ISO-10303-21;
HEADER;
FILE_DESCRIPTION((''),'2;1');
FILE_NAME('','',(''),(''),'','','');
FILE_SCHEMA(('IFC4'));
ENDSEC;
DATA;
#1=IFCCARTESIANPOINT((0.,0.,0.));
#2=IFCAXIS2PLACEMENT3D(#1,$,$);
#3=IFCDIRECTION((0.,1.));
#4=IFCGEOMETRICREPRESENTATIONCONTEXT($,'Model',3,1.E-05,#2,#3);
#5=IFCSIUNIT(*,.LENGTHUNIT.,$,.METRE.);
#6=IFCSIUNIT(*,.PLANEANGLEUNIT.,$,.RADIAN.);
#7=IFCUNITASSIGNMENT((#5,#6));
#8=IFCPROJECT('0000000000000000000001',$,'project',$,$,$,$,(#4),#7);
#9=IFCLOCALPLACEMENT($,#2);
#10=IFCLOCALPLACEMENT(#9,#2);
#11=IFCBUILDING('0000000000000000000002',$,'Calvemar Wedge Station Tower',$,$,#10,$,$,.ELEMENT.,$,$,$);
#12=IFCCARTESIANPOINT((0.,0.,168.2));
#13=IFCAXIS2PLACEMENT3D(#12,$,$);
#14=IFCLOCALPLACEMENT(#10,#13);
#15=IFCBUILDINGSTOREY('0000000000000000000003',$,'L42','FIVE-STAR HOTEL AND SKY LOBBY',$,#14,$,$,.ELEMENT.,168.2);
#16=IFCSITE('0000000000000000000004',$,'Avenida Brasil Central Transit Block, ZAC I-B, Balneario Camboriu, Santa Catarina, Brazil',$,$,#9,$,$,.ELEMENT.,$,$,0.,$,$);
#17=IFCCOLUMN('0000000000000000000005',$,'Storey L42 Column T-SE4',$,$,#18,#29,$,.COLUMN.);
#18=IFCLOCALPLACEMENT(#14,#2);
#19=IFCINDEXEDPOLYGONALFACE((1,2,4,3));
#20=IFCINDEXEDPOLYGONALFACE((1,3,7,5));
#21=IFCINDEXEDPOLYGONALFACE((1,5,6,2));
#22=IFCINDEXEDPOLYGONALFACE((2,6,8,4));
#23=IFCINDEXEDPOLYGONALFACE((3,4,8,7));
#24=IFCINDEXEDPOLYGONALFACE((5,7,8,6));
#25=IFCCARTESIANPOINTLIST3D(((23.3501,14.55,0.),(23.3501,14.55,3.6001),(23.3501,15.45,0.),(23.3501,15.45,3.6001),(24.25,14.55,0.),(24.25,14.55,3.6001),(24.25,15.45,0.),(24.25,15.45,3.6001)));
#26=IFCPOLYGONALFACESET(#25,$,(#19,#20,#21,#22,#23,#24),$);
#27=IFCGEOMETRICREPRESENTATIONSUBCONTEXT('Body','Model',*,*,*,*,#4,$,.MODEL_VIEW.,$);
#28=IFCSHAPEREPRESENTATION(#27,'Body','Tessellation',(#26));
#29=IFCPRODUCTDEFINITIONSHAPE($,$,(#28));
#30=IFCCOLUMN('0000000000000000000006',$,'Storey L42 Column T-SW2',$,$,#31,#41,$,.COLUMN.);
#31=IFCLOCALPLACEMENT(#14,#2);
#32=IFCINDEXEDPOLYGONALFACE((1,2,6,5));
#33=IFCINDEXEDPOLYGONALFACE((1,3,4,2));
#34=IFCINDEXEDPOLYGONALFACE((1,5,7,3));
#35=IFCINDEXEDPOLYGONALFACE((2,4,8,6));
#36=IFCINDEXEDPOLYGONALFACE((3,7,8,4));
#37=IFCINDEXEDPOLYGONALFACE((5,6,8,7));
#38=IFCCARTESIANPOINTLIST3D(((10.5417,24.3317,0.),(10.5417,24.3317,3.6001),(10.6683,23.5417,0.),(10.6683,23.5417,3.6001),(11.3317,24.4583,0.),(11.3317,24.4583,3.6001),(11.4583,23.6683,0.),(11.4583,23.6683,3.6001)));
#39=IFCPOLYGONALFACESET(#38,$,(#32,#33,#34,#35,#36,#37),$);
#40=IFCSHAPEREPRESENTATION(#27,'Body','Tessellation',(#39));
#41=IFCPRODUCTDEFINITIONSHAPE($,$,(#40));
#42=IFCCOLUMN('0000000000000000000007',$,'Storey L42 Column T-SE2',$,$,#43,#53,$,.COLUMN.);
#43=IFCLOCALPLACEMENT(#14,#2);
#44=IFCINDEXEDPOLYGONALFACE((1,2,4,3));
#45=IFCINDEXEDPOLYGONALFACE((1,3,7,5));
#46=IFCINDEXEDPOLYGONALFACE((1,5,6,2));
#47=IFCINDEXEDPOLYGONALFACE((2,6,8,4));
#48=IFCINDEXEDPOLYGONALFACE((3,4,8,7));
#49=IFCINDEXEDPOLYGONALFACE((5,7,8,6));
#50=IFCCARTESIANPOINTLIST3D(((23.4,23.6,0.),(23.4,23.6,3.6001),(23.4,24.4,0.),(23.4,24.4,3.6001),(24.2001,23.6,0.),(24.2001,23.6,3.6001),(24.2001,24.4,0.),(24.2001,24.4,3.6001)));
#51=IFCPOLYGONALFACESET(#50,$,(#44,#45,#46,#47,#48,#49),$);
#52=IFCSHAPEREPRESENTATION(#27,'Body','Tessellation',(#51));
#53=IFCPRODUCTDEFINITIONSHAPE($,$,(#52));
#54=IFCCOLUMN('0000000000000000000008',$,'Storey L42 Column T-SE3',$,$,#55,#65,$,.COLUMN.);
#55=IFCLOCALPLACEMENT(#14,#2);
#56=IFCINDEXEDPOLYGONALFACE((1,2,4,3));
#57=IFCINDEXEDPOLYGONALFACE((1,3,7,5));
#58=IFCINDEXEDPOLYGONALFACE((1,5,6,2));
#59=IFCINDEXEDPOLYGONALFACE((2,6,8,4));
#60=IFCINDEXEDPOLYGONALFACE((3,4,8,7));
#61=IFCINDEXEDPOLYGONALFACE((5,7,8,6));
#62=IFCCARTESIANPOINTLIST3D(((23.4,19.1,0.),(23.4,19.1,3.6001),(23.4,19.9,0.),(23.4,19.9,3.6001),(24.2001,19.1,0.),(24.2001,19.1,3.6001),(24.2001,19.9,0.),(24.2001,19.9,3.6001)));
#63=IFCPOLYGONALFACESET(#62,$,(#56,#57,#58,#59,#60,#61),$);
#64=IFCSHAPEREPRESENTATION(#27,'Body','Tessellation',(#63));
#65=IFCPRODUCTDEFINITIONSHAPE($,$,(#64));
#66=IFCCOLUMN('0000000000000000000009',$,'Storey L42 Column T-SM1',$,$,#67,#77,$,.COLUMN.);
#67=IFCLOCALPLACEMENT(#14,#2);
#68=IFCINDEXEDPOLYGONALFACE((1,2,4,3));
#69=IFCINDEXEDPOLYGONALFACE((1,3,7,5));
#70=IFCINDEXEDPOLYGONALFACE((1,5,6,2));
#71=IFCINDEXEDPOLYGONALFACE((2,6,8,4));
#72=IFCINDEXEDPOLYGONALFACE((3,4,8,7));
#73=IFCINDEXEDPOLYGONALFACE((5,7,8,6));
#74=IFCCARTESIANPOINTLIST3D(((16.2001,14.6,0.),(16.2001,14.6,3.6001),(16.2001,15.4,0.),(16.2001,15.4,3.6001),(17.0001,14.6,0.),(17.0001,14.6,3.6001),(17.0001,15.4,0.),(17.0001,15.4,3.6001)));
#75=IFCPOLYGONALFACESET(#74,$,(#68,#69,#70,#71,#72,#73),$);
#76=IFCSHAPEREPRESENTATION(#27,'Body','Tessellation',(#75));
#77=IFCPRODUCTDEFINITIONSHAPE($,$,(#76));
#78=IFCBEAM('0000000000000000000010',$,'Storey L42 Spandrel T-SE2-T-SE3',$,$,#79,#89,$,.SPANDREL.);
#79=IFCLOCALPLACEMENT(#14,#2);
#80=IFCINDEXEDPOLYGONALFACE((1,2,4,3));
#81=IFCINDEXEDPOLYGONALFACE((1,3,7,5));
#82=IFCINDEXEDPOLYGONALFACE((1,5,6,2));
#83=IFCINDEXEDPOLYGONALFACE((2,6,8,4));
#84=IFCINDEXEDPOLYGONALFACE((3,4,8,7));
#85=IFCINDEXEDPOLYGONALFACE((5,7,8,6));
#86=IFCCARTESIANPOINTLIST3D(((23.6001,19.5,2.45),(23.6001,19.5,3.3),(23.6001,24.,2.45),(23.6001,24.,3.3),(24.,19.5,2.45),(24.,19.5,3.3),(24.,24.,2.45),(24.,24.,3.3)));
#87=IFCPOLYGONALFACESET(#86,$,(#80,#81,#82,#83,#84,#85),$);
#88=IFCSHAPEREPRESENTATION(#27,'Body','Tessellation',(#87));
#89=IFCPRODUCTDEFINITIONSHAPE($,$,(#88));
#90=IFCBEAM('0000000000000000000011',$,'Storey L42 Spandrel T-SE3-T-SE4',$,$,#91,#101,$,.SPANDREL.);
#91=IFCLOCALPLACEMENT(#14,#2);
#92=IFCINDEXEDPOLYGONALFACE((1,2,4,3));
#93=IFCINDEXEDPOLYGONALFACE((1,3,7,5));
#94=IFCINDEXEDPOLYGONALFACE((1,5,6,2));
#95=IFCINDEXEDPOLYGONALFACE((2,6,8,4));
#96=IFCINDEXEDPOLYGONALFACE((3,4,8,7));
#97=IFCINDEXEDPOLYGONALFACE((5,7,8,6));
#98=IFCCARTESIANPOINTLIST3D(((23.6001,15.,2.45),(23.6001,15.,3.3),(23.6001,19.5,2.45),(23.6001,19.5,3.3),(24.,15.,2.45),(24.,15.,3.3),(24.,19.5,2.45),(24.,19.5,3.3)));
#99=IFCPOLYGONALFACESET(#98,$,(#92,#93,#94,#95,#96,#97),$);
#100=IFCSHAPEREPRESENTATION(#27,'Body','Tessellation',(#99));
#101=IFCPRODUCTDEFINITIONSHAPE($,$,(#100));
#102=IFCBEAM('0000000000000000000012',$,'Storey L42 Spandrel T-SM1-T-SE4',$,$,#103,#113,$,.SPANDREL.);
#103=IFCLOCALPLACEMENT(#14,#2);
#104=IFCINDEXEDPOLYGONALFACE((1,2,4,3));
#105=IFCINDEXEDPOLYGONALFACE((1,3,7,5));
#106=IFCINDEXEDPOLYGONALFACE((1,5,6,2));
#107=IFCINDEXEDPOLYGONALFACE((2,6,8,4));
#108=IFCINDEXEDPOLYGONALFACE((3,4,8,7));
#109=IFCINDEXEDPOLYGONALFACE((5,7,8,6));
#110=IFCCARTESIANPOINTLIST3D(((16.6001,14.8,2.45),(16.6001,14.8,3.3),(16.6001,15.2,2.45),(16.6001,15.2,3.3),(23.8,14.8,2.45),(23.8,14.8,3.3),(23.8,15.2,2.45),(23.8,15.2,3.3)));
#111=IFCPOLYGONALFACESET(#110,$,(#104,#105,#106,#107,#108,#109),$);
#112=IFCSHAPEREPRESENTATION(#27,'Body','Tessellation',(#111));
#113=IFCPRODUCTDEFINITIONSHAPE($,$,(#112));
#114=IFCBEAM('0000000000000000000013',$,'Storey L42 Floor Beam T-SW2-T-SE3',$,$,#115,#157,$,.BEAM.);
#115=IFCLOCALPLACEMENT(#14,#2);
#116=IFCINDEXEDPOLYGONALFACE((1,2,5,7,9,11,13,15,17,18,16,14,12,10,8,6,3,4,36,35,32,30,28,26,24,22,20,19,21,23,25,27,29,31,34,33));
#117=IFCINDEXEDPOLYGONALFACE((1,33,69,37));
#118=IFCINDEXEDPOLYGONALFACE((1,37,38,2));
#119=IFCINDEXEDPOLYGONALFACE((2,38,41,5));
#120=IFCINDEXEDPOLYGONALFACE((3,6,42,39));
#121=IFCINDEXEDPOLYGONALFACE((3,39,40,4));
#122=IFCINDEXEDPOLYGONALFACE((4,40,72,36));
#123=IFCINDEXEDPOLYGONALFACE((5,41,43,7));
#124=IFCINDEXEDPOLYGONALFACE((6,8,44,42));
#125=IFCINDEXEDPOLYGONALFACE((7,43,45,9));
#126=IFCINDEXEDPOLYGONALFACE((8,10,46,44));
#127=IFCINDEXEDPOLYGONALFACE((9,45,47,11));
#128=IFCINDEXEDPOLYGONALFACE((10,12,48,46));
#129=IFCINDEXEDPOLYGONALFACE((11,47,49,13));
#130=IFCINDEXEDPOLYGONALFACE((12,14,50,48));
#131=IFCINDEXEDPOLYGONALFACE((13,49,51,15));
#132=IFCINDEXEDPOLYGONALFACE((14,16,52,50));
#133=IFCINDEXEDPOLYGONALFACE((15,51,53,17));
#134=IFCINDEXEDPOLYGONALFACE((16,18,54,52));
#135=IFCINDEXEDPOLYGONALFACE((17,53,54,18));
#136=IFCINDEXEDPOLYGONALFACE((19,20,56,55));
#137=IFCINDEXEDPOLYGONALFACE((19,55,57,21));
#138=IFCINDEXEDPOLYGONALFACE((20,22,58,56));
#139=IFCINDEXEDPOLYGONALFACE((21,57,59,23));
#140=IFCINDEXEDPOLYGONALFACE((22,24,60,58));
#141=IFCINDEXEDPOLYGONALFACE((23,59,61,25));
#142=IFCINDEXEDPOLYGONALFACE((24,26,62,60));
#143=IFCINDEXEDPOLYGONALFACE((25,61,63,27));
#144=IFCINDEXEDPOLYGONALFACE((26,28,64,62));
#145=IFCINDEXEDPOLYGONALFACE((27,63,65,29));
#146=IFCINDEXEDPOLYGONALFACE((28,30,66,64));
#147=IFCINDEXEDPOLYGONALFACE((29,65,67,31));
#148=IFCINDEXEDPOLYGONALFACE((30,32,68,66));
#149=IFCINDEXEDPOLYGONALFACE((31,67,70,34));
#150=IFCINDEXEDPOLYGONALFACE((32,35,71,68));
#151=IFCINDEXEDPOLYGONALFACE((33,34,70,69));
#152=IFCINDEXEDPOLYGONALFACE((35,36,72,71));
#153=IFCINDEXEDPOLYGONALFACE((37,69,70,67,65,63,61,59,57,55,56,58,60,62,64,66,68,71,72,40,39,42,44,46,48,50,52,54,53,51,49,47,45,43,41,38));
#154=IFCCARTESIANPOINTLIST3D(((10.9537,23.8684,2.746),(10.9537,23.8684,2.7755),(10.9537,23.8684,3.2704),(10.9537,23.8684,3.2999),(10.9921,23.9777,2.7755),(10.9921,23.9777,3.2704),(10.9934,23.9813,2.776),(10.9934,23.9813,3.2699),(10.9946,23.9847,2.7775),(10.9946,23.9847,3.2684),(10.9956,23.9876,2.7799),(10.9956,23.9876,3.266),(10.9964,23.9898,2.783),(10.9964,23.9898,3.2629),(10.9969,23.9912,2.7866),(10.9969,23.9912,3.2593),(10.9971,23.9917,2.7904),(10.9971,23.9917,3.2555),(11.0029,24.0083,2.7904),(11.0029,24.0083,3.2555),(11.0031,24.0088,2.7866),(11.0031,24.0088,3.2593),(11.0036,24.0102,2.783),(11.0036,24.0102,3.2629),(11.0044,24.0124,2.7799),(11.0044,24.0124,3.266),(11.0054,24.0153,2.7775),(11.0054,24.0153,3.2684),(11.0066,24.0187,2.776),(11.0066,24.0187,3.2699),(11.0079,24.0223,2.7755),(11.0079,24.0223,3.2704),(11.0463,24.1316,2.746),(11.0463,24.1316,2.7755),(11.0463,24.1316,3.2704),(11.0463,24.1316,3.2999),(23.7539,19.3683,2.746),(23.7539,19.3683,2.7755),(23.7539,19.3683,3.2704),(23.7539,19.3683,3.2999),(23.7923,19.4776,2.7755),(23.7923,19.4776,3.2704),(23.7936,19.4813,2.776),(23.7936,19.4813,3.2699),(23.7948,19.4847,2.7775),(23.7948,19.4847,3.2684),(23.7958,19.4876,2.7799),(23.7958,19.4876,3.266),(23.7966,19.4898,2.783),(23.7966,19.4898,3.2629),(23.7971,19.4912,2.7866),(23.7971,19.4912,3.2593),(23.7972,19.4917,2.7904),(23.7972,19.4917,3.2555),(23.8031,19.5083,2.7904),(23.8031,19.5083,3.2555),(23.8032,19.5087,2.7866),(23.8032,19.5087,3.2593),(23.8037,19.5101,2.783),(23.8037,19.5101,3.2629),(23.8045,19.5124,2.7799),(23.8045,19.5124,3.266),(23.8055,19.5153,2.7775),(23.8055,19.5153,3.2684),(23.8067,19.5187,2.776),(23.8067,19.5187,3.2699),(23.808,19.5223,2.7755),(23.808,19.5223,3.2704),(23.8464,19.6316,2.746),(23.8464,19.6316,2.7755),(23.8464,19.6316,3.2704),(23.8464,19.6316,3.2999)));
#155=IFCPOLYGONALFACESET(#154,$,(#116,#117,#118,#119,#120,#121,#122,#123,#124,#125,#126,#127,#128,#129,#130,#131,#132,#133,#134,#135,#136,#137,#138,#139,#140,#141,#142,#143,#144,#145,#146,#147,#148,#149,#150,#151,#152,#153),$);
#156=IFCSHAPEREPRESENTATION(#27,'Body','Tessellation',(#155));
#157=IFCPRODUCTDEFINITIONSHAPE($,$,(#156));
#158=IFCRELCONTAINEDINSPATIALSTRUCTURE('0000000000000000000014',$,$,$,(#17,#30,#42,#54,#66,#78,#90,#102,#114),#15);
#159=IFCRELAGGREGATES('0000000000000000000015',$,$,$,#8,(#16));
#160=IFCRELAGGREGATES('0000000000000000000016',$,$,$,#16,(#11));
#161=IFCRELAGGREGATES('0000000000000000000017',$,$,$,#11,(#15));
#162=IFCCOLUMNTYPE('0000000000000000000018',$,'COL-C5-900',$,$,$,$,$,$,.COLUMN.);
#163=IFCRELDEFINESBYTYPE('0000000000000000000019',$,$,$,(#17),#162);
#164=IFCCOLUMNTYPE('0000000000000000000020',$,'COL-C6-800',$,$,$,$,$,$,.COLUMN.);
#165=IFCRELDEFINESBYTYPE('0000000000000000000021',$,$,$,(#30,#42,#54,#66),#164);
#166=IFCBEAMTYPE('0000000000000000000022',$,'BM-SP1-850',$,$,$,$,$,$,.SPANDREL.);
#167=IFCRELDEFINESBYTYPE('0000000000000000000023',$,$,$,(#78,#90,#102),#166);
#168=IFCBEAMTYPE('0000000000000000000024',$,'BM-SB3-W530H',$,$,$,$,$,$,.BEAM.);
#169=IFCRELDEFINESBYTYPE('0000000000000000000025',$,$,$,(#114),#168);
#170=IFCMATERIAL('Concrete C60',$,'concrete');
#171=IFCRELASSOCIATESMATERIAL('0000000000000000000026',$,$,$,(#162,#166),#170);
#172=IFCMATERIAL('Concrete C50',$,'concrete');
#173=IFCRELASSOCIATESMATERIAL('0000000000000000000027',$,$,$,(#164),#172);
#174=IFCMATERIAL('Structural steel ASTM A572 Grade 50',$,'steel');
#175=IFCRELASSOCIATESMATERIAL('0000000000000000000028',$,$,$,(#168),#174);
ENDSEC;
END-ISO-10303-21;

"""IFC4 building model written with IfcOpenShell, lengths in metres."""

from ifc_helpers import new_model, si_unit, direction, frame, origin, origin_2d, place, context, subcontext, project, spatial, rectangle, i_section, extrude, source, transform, mapped, material, material_profile, profile_set, type_object, element, save


model = new_model("IFC4")

# Units and contexts
model_context = context("Model", 3, precision=1e-05, world=origin(), true_north=direction((0.0, 1.0)))
body_context = subcontext(model_context, "Body", "Model", "MODEL_VIEW")
ifc_project = project(units=[si_unit("LENGTHUNIT", "METRE"), si_unit("PLANEANGLEUNIT", "RADIAN")], contexts=[model_context])

# Site, building, storey
site_placement = place(None, origin())
site = spatial("IfcSite", under=ifc_project, at=site_placement, Name="Avenida Brasil Central Transit Block, ZAC I-B, Balneario Camboriu, Santa Catarina, Brazil", CompositionType="ELEMENT", RefElevation=0.0)
building_placement = place(site_placement, origin())
building = spatial("IfcBuilding", under=site, at=building_placement, Name="Calvemar Wedge Station Tower", CompositionType="ELEMENT")
storey_placement = place(building_placement, frame((0.0, 0.0, 168.2)))
storey = spatial("IfcBuildingStorey", under=building, at=storey_placement, Name="L42", Description="FIVE-STAR HOTEL AND SKY LOBBY", CompositionType="ELEMENT", Elevation=168.2)

# Columns
ifc_material_1 = material(Name="Concrete C60", Category="concrete")
ifc_material_profile_1 = material_profile(ifc_material_1, rectangle(XDim=0.8999, YDim=0.8999, at=origin_2d()), Name="RC900x900")
ifc_profile_set_1 = profile_set([ifc_material_profile_1], Name="Concrete C60")
column_type_1 = type_object("IfcColumnType", Name="COL-C5-900", PredefinedType="COLUMN", material=ifc_profile_set_1)
shared_shape_1 = source(origin(), body_context, "Body", "SweptSolid", [
    extrude(rectangle(XDim=0.8999, YDim=0.8999, at=origin_2d()), origin(), (0.0, 0.0, 1.0), 3.6001),
])
column_placement = place(storey_placement, frame((23.8, 15.0, 0.0), z_axis=(0.0, 0.0, 1.0), x_axis=(1.0, 0.0, 0.0)))
element("IfcColumn", 1, at=column_placement, inside=storey, type_object=column_type_1, Name="Storey L42 Column T-SE4", PredefinedType="COLUMN", context=body_context, shape_type="MappedRepresentation", body=[
    mapped(shared_shape_1, transform((0.0, 0.0, 0.0), scale=1.0)),
])
ifc_material_2 = material(Name="Concrete C50", Category="concrete")
ifc_material_profile_2 = material_profile(ifc_material_2, rectangle(XDim=0.8, YDim=0.8, at=origin_2d()), Name="RC800x800")
ifc_profile_set_2 = profile_set([ifc_material_profile_2], Name="Concrete C50")
column_type_2 = type_object("IfcColumnType", Name="COL-C6-800", PredefinedType="COLUMN", material=ifc_profile_set_2)
shared_shape_2 = source(origin(), body_context, "Body", "SweptSolid", [
    extrude(rectangle(XDim=0.8, YDim=0.8, at=origin_2d()), origin(), (0.0, 0.0, 1.0), 3.6001),
])
for number, where, z_axis, x_axis, name in (
    (2, (11.0, 24.0, 0.0), (0.0, 0.0, 1.0), (0.158158, -0.987414, 0.0), "Storey L42 Column T-SW2"),
    (3, (23.8, 24.0, 0.0), (0.0, 0.0, 1.0), (1.0, 0.0, 0.0), "Storey L42 Column T-SE2"),
    (4, (23.8, 19.5, 0.0), (0.0, 0.0, 1.0), (1.0, 0.0, 0.0), "Storey L42 Column T-SE3"),
    (5, (16.6001, 15.0, 0.0), (0.0, 0.0, 1.0), (1.0, 0.0, 0.0), "Storey L42 Column T-SM1"),
):
    element("IfcColumn", number, at=place(storey_placement, frame(where, z_axis=z_axis, x_axis=x_axis)), inside=storey, type_object=column_type_2, Name=name, PredefinedType="COLUMN", context=body_context, shape_type="MappedRepresentation", body=[
        mapped(shared_shape_2, transform((0.0, 0.0, 0.0), scale=1.0)),
    ])

# Beams
ifc_material_profile_3 = material_profile(ifc_material_1, rectangle(XDim=0.3999, YDim=0.8501, at=origin_2d()), Name="RC400x850")
ifc_profile_set_3 = profile_set([ifc_material_profile_3], Name="Concrete C60")
beam_type_1 = type_object("IfcBeamType", Name="BM-SP1-850", PredefinedType="SPANDREL", material=ifc_profile_set_3)
shared_shape_3 = source(origin(), body_context, "Body", "SweptSolid", [
    extrude(rectangle(XDim=0.3999, YDim=0.8501, at=origin_2d()), origin(), (0.0, 0.0, 1.0), 4.5),
])
for number, where, z_axis, x_axis, name in (
    (6, (23.8, 24.0, 2.875), (0.0, -1.0, 0.0), (1.0, 0.0, 0.0), "Storey L42 Spandrel T-SE2-T-SE3"),
    (7, (23.8, 19.5, 2.875), (0.0, -1.0, 0.0), (1.0, 0.0, 0.0), "Storey L42 Spandrel T-SE3-T-SE4"),
):
    element("IfcBeam", number, at=place(storey_placement, frame(where, z_axis=z_axis, x_axis=x_axis)), inside=storey, type_object=beam_type_1, Name=name, PredefinedType="SPANDREL", context=body_context, shape_type="MappedRepresentation", body=[
        mapped(shared_shape_3, transform((0.0, 0.0, 0.0), scale=1.0)),
    ])
shared_shape_4 = source(origin(), body_context, "Body", "SweptSolid", [
    extrude(rectangle(XDim=0.3999, YDim=0.8501, at=origin_2d()), origin(), (0.0, 0.0, 1.0), 7.2),
])
beam_1_placement = place(storey_placement, frame((16.6001, 15.0, 2.875), z_axis=(1.0, 0.0, 0.0), x_axis=(0.0, 1.0, 0.0)))
element("IfcBeam", 8, at=beam_1_placement, inside=storey, type_object=beam_type_1, Name="Storey L42 Spandrel T-SM1-T-SE4", PredefinedType="SPANDREL", context=body_context, shape_type="MappedRepresentation", body=[
    mapped(shared_shape_4, transform((0.0, 0.0, 0.0), scale=1.0)),
])
ifc_material_3 = material(Name="Structural steel ASTM A572 Grade 50", Category="steel")
ifc_material_profile_4 = material_profile(ifc_material_3, i_section(OverallWidth=0.2791, OverallDepth=0.554, WebThickness=0.0176, FlangeThickness=0.0295, FilletRadius=0.0149, at=origin_2d()), Name="W530x196")
ifc_profile_set_4 = profile_set([ifc_material_profile_4], Name="Structural steel ASTM A572 Grade 50")
beam_type_2 = type_object("IfcBeamType", Name="BM-SB3-W530H", PredefinedType="BEAM", material=ifc_profile_set_4)
shared_shape_5 = source(origin(), body_context, "Body", "SweptSolid", [
    extrude(i_section(OverallWidth=0.2791, OverallDepth=0.554, WebThickness=0.0176, FlangeThickness=0.0295, FilletRadius=0.0149, at=origin_2d()), origin(), (0.0, 0.0, 1.0), 13.5681),
])
beam_2_placement = place(storey_placement, frame((11.0, 24.0, 3.0229), z_axis=(0.943398, -0.331662, 0.0), x_axis=(0.331662, 0.943398, 0.0)))
element("IfcBeam", 9, at=beam_2_placement, inside=storey, type_object=beam_type_2, Name="Storey L42 Floor Beam T-SW2-T-SE3", PredefinedType="BEAM", context=body_context, shape_type="MappedRepresentation", body=[
    mapped(shared_shape_5, transform((0.0, 0.0, 0.0), scale=1.0)),
])

save(model, "model.ifc")
